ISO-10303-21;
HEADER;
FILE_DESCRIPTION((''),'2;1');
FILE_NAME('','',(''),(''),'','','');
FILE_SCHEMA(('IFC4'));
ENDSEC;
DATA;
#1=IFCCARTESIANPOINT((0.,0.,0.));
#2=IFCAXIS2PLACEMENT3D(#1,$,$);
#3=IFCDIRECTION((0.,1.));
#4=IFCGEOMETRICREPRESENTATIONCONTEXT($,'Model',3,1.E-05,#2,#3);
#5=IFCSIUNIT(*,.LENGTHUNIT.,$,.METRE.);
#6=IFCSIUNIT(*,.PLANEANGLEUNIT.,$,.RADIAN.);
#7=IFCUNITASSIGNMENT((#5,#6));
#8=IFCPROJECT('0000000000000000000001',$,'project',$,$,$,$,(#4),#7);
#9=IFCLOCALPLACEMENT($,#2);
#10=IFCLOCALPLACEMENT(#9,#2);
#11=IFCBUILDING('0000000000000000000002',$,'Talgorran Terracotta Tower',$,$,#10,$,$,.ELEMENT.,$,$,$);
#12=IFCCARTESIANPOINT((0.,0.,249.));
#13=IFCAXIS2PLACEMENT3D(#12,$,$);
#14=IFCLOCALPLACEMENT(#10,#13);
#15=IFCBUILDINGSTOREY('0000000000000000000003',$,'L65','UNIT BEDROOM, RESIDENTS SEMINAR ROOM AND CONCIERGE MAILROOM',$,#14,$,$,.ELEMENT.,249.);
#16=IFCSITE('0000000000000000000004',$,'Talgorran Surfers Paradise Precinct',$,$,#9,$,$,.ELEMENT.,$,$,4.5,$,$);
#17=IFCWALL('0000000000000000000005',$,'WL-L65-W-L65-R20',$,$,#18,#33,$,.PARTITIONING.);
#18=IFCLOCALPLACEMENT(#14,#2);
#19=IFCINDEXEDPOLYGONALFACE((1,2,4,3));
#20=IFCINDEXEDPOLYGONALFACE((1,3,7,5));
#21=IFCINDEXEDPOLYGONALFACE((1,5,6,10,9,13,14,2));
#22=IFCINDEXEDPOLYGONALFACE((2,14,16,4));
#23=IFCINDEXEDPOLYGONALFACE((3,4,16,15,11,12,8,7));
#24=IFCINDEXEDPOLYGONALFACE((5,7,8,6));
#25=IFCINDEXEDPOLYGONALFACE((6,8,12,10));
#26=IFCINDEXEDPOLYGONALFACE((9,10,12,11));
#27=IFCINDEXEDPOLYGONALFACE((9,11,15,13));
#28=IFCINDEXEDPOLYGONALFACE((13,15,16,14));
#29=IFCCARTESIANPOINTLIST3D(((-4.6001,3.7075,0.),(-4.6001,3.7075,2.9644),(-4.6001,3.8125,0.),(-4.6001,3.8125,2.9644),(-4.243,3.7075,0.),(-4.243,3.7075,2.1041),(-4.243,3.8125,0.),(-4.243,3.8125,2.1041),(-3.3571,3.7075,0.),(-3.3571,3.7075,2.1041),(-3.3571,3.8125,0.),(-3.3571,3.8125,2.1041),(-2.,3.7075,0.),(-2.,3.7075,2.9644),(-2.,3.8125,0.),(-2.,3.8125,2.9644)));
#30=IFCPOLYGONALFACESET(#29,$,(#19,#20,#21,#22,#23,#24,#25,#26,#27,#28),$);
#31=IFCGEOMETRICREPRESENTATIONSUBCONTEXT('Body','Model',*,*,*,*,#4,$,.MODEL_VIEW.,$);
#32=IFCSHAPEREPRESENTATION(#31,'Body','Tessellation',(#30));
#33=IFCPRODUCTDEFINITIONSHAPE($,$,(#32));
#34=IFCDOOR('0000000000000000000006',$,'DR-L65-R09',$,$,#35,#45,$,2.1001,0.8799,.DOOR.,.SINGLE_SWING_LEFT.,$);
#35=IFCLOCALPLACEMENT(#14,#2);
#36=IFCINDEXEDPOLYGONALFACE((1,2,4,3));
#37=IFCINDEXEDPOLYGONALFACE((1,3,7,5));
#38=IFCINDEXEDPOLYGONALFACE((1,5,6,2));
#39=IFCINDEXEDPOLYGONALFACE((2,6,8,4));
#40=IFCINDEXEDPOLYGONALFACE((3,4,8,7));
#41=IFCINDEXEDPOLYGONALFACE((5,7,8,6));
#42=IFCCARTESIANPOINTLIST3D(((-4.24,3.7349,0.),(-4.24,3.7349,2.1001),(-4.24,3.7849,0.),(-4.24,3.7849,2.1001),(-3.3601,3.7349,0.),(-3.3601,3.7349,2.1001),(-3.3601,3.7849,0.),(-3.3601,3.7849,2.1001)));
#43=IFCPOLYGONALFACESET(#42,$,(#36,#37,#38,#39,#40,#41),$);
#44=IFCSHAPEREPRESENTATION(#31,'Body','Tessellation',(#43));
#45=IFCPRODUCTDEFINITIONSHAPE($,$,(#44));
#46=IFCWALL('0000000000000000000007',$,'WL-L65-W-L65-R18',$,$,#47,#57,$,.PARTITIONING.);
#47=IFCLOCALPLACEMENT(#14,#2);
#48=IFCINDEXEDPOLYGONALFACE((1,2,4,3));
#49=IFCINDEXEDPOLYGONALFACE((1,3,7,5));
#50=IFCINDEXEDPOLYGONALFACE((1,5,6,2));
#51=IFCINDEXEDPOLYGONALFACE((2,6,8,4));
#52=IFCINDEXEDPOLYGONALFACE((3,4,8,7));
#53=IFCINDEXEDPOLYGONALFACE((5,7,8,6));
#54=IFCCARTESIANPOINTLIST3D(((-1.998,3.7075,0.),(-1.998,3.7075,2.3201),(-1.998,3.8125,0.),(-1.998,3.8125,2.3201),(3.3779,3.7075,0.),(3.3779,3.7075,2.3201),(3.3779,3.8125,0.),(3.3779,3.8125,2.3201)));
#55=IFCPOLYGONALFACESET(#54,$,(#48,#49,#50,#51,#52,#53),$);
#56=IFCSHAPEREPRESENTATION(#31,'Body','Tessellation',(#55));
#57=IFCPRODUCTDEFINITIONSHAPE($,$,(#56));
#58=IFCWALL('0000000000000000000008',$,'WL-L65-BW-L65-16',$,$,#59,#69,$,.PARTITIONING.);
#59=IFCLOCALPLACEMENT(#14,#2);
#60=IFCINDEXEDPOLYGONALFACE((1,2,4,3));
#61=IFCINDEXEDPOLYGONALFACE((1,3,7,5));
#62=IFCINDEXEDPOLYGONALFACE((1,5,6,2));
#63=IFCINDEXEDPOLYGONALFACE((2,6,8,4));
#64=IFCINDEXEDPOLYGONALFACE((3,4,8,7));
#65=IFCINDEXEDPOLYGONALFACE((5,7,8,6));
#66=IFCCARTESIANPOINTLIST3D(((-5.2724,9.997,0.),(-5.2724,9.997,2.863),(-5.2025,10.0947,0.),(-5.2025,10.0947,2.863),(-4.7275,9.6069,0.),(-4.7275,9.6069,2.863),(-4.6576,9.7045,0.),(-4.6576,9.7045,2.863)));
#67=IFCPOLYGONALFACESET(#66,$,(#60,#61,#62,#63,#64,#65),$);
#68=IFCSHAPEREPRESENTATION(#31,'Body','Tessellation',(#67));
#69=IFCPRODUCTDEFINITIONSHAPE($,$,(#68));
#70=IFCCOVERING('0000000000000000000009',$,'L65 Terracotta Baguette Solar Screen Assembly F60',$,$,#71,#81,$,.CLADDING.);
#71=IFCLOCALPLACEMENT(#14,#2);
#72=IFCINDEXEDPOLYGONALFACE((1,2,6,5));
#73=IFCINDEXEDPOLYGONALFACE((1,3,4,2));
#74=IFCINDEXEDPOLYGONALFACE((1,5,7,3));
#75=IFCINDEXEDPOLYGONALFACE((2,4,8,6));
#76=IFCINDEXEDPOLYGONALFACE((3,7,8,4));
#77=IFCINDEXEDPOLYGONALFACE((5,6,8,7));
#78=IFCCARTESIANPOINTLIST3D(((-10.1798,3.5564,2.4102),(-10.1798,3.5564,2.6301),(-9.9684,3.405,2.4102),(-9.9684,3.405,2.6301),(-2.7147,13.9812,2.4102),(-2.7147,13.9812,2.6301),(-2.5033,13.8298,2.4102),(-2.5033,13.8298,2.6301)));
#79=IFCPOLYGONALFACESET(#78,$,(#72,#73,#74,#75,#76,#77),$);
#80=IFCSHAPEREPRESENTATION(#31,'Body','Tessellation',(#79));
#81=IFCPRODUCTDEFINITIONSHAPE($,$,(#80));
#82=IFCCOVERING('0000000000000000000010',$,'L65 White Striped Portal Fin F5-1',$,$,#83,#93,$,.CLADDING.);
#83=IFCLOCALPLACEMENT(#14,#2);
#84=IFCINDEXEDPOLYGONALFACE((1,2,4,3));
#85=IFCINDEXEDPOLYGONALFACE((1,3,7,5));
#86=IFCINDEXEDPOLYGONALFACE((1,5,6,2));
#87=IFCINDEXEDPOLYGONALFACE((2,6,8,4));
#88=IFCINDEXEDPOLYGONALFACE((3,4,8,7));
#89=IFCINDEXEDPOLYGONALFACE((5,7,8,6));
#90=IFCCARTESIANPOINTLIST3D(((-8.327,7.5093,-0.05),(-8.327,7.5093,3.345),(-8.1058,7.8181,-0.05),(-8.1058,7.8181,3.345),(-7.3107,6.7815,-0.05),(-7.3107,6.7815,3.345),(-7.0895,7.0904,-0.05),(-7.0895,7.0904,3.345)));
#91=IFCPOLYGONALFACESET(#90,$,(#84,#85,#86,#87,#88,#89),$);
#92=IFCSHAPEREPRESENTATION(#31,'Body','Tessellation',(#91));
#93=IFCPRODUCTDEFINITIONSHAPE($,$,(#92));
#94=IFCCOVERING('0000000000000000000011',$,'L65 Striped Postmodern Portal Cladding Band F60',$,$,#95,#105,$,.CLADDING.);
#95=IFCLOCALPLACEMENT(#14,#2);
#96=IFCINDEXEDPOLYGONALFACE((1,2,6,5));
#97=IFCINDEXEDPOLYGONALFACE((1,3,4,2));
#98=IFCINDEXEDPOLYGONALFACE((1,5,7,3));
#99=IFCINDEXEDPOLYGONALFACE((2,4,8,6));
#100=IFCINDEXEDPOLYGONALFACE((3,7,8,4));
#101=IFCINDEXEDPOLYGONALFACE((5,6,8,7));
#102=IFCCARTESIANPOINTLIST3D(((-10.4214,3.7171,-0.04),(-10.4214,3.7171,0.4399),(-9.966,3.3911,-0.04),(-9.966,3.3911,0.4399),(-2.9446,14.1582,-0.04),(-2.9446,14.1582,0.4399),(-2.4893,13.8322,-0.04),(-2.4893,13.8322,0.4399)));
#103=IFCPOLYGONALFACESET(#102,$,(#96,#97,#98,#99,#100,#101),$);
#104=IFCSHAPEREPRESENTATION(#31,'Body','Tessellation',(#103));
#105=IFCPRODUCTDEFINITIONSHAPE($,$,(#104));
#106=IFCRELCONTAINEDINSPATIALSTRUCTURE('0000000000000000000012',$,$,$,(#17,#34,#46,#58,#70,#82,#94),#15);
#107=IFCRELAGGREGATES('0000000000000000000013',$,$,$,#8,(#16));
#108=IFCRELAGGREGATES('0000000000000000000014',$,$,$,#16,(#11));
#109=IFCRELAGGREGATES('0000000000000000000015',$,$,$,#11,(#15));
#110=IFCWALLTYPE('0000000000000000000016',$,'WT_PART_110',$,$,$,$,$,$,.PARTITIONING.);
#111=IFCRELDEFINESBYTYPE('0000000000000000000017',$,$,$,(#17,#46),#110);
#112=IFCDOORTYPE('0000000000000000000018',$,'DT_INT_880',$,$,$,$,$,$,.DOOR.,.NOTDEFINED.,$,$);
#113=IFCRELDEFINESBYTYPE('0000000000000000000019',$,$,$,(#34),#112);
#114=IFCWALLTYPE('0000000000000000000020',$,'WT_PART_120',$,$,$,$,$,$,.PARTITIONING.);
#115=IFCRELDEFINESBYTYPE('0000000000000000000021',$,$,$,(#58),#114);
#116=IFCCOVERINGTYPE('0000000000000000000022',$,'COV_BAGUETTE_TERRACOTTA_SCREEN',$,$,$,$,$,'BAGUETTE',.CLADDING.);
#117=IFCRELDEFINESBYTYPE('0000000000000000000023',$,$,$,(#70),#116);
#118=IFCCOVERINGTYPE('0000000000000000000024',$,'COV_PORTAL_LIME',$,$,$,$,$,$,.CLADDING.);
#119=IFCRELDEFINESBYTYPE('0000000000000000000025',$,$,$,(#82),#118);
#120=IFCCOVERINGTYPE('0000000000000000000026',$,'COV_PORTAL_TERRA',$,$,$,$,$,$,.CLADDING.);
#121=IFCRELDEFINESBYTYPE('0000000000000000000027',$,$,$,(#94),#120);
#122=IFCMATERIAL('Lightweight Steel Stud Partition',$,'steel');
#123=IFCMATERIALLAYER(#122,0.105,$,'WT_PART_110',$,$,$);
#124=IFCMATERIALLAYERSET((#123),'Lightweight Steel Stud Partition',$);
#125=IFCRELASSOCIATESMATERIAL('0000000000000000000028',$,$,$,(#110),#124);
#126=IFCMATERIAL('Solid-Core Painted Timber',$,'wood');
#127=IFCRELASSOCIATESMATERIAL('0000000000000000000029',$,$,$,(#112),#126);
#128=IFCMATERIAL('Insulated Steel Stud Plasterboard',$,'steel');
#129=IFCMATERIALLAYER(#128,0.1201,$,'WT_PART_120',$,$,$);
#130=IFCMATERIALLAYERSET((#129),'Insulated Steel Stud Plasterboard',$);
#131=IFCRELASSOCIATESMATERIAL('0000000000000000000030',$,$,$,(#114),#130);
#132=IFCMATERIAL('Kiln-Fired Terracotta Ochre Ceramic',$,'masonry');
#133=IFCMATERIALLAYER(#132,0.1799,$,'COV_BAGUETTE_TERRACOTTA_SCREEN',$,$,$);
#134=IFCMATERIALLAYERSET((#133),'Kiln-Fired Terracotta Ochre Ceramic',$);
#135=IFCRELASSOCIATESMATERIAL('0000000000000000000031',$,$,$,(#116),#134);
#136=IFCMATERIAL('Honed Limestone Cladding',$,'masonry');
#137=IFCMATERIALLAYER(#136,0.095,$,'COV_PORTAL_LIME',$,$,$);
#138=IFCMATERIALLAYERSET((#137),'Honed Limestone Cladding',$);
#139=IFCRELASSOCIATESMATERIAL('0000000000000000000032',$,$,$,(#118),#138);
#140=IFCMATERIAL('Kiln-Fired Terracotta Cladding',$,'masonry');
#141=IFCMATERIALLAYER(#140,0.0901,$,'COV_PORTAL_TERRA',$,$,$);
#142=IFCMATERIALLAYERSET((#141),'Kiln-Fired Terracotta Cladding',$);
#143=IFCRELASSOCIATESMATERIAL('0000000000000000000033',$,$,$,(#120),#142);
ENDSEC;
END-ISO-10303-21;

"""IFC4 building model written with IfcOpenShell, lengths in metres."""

from ifc_helpers import new_model, si_unit, direction, frame, frame_2d, origin, origin_2d, place, context, subcontext, project, spatial, rectangle, extrude, material, layer, layer_set, type_object, element, fill, save


model = new_model("IFC4")

# Units and contexts
model_context = context("Model", 3, precision=1e-05, world=origin(), true_north=direction((0.0, 1.0)))
body_context = subcontext(model_context, "Body", "Model", "MODEL_VIEW")
ifc_project = project(units=[si_unit("LENGTHUNIT", "METRE"), si_unit("PLANEANGLEUNIT", "RADIAN")], contexts=[model_context])

# Site, building, storey
site_placement = place(None, origin())
site = spatial("IfcSite", under=ifc_project, at=site_placement, Name="Talgorran Surfers Paradise Precinct", CompositionType="ELEMENT", RefElevation=4.5)
building_placement = place(site_placement, origin())
building = spatial("IfcBuilding", under=site, at=building_placement, Name="Talgorran Terracotta Tower", CompositionType="ELEMENT")
storey_placement = place(building_placement, frame((0.0, 0.0, 249.0)))
storey = spatial("IfcBuildingStorey", under=building, at=storey_placement, Name="L65", Description="UNIT BEDROOM, RESIDENTS SEMINAR ROOM AND CONCIERGE MAILROOM", CompositionType="ELEMENT", Elevation=249.0)

# Shared definitions
ifc_material_1 = material(Name="Lightweight Steel Stud Partition", Category="steel")
ifc_layer_1 = layer(ifc_material_1, 0.105, Name="WT_PART_110")
ifc_layer_set_1 = layer_set([ifc_layer_1], Name="Lightweight Steel Stud Partition")
wall_type_1 = type_object("IfcWallType", Name="WT_PART_110", PredefinedType="PARTITIONING", material=ifc_layer_set_1)

# Wall, opening, door
ifc_material_2 = material(Name="Solid-Core Painted Timber", Category="wood")
door_type_1 = type_object("IfcDoorType", Name="DT_INT_880", OperationType="NOTDEFINED", PredefinedType="DOOR", material=ifc_material_2)
wall_1_placement = place(storey_placement, frame((-4.6001, 3.76, 0.0), z_axis=(0.0, 0.0, 1.0), x_axis=(1.0, 0.0, 0.0)))
wall_1 = element("IfcWall", 1, at=wall_1_placement, inside=storey, type_object=wall_type_1, Name="WL-L65-W-L65-R20", PredefinedType="PARTITIONING", context=body_context, shape_type="SweptSolid", body=[
    extrude(rectangle(XDim=2.6001, YDim=0.105, at=frame_2d((1.3, 0.0))), origin(), (0.0, 0.0, 1.0), 2.9644),
])
opening_1_placement = place(wall_1_placement, frame((0.3601, 0.0, 0.0)))
opening_1 = element("IfcOpeningElement", 2, at=opening_1_placement, cuts=wall_1, PredefinedType="OPENING", context=body_context, shape_type="SweptSolid", body=[
    extrude(rectangle(XDim=0.8859, YDim=2.1041, at=frame_2d((0.4399, 1.052))), frame((0.0, 0.0625, 0.0), z_axis=(0.0, -1.0, 0.0), x_axis=(1.0, 0.0, 0.0)), (0.0, 0.0, 1.0), 0.125),
])
door_1_placement = place(opening_1_placement, origin())
door_1 = element("IfcDoor", 3, at=door_1_placement, inside=storey, type_object=door_type_1, Name="DR-L65-R09", OperationType="SINGLE_SWING_LEFT", OverallHeight=2.1001, OverallWidth=0.8799, PredefinedType="DOOR", context=body_context, shape_type="SweptSolid", body=[
    extrude(rectangle(XDim=0.8799, YDim=2.1001, at=frame_2d((0.4399, 1.05))), frame((0.0, 0.0249, 0.0), z_axis=(0.0, -1.0, 0.0), x_axis=(1.0, 0.0, 0.0)), (0.0, 0.0, 1.0), 0.05),
])
fill(opening_1, door_1)

# Walls
wall_2_placement = place(storey_placement, frame((-1.998, 3.76, 0.0), z_axis=(0.0, 0.0, 1.0), x_axis=(1.0, 0.0, 0.0)))
element("IfcWall", 4, at=wall_2_placement, inside=storey, type_object=wall_type_1, Name="WL-L65-W-L65-R18", PredefinedType="PARTITIONING", context=body_context, shape_type="SweptSolid", body=[
    extrude(rectangle(XDim=5.376, YDim=0.105, at=frame_2d((2.688, 0.0))), origin(), (0.0, 0.0, 1.0), 2.3201),
])
ifc_material_3 = material(Name="Insulated Steel Stud Plasterboard", Category="steel")
ifc_layer_2 = layer(ifc_material_3, 0.1201, Name="WT_PART_120")
ifc_layer_set_2 = layer_set([ifc_layer_2], Name="Insulated Steel Stud Plasterboard")
wall_type_2 = type_object("IfcWallType", Name="WT_PART_120", PredefinedType="PARTITIONING", material=ifc_layer_set_2)
wall_3_placement = place(storey_placement, frame((-4.6926, 9.6558, 0.0), z_axis=(0.0, 0.0, 1.0), x_axis=(-0.813093, 0.582134, 0.0)))
element("IfcWall", 5, at=wall_3_placement, inside=storey, type_object=wall_type_2, Name="WL-L65-BW-L65-16", PredefinedType="PARTITIONING", context=body_context, shape_type="SweptSolid", body=[
    extrude(rectangle(XDim=0.6702, YDim=0.1201, at=frame_2d((0.335, 0.0))), origin(), (0.0, 0.0, 1.0), 2.863),
])

# Coverings
ifc_material_4 = material(Name="Kiln-Fired Terracotta Ochre Ceramic", Category="masonry")
ifc_layer_3 = layer(ifc_material_4, 0.1799, Name="COV_BAGUETTE_TERRACOTTA_SCREEN")
ifc_layer_set_3 = layer_set([ifc_layer_3], Name="Kiln-Fired Terracotta Ochre Ceramic")
covering_type_1 = type_object("IfcCoveringType", Name="COV_BAGUETTE_TERRACOTTA_SCREEN", ElementType="BAGUETTE", PredefinedType="CLADDING", material=ifc_layer_set_3)
covering_1_placement = place(storey_placement, frame((-6.3416, 8.6931, 2.4102), z_axis=(0.0, 0.0, 1.0), x_axis=(-0.582208, -0.81304, 0.0)))
element("IfcCovering", 6, at=covering_1_placement, inside=storey, type_object=covering_type_1, Name="L65 Terracotta Baguette Solar Screen Assembly F60", PredefinedType="CLADDING", context=body_context, shape_type="SweptSolid", body=[
    extrude(rectangle(XDim=12.822, YDim=0.26, at=origin_2d()), origin(), (0.0, 0.0, 1.0), 0.22),
])
ifc_material_5 = material(Name="Honed Limestone Cladding", Category="masonry")
ifc_layer_4 = layer(ifc_material_5, 0.095, Name="COV_PORTAL_LIME")
ifc_layer_set_4 = layer_set([ifc_layer_4], Name="Honed Limestone Cladding")
covering_type_2 = type_object("IfcCoveringType", Name="COV_PORTAL_LIME", PredefinedType="CLADDING", material=ifc_layer_set_4)
covering_2_placement = place(storey_placement, frame((-7.7083, 7.2998, -0.05), z_axis=(0.0, 0.0, 1.0), x_axis=(-0.582208, -0.81304, 0.0)))
element("IfcCovering", 7, at=covering_2_placement, inside=storey, type_object=covering_type_2, Name="L65 White Striped Portal Fin F5-1", PredefinedType="CLADDING", context=body_context, shape_type="SweptSolid", body=[
    extrude(rectangle(XDim=0.3799, YDim=1.25, at=origin_2d()), origin(), (0.0, 0.0, 1.0), 3.395),
])
ifc_material_6 = material(Name="Kiln-Fired Terracotta Cladding", Category="masonry")
ifc_layer_5 = layer(ifc_material_6, 0.0901, Name="COV_PORTAL_TERRA")
ifc_layer_set_5 = layer_set([ifc_layer_5], Name="Kiln-Fired Terracotta Cladding")
covering_type_3 = type_object("IfcCoveringType", Name="COV_PORTAL_TERRA", PredefinedType="CLADDING", material=ifc_layer_set_5)
covering_3_placement = place(storey_placement, frame((-6.4553, 8.7747, -0.04), z_axis=(0.0, 0.0, 1.0), x_axis=(-0.582208, -0.81304, 0.0)))
element("IfcCovering", 8, at=covering_3_placement, inside=storey, type_object=covering_type_3, Name="L65 Striped Postmodern Portal Cladding Band F60", PredefinedType="CLADDING", context=body_context, shape_type="SweptSolid", body=[
    extrude(rectangle(XDim=12.842, YDim=0.5601, at=origin_2d()), origin(), (0.0, 0.0, 1.0), 0.48),
])

save(model, "model.ifc")
